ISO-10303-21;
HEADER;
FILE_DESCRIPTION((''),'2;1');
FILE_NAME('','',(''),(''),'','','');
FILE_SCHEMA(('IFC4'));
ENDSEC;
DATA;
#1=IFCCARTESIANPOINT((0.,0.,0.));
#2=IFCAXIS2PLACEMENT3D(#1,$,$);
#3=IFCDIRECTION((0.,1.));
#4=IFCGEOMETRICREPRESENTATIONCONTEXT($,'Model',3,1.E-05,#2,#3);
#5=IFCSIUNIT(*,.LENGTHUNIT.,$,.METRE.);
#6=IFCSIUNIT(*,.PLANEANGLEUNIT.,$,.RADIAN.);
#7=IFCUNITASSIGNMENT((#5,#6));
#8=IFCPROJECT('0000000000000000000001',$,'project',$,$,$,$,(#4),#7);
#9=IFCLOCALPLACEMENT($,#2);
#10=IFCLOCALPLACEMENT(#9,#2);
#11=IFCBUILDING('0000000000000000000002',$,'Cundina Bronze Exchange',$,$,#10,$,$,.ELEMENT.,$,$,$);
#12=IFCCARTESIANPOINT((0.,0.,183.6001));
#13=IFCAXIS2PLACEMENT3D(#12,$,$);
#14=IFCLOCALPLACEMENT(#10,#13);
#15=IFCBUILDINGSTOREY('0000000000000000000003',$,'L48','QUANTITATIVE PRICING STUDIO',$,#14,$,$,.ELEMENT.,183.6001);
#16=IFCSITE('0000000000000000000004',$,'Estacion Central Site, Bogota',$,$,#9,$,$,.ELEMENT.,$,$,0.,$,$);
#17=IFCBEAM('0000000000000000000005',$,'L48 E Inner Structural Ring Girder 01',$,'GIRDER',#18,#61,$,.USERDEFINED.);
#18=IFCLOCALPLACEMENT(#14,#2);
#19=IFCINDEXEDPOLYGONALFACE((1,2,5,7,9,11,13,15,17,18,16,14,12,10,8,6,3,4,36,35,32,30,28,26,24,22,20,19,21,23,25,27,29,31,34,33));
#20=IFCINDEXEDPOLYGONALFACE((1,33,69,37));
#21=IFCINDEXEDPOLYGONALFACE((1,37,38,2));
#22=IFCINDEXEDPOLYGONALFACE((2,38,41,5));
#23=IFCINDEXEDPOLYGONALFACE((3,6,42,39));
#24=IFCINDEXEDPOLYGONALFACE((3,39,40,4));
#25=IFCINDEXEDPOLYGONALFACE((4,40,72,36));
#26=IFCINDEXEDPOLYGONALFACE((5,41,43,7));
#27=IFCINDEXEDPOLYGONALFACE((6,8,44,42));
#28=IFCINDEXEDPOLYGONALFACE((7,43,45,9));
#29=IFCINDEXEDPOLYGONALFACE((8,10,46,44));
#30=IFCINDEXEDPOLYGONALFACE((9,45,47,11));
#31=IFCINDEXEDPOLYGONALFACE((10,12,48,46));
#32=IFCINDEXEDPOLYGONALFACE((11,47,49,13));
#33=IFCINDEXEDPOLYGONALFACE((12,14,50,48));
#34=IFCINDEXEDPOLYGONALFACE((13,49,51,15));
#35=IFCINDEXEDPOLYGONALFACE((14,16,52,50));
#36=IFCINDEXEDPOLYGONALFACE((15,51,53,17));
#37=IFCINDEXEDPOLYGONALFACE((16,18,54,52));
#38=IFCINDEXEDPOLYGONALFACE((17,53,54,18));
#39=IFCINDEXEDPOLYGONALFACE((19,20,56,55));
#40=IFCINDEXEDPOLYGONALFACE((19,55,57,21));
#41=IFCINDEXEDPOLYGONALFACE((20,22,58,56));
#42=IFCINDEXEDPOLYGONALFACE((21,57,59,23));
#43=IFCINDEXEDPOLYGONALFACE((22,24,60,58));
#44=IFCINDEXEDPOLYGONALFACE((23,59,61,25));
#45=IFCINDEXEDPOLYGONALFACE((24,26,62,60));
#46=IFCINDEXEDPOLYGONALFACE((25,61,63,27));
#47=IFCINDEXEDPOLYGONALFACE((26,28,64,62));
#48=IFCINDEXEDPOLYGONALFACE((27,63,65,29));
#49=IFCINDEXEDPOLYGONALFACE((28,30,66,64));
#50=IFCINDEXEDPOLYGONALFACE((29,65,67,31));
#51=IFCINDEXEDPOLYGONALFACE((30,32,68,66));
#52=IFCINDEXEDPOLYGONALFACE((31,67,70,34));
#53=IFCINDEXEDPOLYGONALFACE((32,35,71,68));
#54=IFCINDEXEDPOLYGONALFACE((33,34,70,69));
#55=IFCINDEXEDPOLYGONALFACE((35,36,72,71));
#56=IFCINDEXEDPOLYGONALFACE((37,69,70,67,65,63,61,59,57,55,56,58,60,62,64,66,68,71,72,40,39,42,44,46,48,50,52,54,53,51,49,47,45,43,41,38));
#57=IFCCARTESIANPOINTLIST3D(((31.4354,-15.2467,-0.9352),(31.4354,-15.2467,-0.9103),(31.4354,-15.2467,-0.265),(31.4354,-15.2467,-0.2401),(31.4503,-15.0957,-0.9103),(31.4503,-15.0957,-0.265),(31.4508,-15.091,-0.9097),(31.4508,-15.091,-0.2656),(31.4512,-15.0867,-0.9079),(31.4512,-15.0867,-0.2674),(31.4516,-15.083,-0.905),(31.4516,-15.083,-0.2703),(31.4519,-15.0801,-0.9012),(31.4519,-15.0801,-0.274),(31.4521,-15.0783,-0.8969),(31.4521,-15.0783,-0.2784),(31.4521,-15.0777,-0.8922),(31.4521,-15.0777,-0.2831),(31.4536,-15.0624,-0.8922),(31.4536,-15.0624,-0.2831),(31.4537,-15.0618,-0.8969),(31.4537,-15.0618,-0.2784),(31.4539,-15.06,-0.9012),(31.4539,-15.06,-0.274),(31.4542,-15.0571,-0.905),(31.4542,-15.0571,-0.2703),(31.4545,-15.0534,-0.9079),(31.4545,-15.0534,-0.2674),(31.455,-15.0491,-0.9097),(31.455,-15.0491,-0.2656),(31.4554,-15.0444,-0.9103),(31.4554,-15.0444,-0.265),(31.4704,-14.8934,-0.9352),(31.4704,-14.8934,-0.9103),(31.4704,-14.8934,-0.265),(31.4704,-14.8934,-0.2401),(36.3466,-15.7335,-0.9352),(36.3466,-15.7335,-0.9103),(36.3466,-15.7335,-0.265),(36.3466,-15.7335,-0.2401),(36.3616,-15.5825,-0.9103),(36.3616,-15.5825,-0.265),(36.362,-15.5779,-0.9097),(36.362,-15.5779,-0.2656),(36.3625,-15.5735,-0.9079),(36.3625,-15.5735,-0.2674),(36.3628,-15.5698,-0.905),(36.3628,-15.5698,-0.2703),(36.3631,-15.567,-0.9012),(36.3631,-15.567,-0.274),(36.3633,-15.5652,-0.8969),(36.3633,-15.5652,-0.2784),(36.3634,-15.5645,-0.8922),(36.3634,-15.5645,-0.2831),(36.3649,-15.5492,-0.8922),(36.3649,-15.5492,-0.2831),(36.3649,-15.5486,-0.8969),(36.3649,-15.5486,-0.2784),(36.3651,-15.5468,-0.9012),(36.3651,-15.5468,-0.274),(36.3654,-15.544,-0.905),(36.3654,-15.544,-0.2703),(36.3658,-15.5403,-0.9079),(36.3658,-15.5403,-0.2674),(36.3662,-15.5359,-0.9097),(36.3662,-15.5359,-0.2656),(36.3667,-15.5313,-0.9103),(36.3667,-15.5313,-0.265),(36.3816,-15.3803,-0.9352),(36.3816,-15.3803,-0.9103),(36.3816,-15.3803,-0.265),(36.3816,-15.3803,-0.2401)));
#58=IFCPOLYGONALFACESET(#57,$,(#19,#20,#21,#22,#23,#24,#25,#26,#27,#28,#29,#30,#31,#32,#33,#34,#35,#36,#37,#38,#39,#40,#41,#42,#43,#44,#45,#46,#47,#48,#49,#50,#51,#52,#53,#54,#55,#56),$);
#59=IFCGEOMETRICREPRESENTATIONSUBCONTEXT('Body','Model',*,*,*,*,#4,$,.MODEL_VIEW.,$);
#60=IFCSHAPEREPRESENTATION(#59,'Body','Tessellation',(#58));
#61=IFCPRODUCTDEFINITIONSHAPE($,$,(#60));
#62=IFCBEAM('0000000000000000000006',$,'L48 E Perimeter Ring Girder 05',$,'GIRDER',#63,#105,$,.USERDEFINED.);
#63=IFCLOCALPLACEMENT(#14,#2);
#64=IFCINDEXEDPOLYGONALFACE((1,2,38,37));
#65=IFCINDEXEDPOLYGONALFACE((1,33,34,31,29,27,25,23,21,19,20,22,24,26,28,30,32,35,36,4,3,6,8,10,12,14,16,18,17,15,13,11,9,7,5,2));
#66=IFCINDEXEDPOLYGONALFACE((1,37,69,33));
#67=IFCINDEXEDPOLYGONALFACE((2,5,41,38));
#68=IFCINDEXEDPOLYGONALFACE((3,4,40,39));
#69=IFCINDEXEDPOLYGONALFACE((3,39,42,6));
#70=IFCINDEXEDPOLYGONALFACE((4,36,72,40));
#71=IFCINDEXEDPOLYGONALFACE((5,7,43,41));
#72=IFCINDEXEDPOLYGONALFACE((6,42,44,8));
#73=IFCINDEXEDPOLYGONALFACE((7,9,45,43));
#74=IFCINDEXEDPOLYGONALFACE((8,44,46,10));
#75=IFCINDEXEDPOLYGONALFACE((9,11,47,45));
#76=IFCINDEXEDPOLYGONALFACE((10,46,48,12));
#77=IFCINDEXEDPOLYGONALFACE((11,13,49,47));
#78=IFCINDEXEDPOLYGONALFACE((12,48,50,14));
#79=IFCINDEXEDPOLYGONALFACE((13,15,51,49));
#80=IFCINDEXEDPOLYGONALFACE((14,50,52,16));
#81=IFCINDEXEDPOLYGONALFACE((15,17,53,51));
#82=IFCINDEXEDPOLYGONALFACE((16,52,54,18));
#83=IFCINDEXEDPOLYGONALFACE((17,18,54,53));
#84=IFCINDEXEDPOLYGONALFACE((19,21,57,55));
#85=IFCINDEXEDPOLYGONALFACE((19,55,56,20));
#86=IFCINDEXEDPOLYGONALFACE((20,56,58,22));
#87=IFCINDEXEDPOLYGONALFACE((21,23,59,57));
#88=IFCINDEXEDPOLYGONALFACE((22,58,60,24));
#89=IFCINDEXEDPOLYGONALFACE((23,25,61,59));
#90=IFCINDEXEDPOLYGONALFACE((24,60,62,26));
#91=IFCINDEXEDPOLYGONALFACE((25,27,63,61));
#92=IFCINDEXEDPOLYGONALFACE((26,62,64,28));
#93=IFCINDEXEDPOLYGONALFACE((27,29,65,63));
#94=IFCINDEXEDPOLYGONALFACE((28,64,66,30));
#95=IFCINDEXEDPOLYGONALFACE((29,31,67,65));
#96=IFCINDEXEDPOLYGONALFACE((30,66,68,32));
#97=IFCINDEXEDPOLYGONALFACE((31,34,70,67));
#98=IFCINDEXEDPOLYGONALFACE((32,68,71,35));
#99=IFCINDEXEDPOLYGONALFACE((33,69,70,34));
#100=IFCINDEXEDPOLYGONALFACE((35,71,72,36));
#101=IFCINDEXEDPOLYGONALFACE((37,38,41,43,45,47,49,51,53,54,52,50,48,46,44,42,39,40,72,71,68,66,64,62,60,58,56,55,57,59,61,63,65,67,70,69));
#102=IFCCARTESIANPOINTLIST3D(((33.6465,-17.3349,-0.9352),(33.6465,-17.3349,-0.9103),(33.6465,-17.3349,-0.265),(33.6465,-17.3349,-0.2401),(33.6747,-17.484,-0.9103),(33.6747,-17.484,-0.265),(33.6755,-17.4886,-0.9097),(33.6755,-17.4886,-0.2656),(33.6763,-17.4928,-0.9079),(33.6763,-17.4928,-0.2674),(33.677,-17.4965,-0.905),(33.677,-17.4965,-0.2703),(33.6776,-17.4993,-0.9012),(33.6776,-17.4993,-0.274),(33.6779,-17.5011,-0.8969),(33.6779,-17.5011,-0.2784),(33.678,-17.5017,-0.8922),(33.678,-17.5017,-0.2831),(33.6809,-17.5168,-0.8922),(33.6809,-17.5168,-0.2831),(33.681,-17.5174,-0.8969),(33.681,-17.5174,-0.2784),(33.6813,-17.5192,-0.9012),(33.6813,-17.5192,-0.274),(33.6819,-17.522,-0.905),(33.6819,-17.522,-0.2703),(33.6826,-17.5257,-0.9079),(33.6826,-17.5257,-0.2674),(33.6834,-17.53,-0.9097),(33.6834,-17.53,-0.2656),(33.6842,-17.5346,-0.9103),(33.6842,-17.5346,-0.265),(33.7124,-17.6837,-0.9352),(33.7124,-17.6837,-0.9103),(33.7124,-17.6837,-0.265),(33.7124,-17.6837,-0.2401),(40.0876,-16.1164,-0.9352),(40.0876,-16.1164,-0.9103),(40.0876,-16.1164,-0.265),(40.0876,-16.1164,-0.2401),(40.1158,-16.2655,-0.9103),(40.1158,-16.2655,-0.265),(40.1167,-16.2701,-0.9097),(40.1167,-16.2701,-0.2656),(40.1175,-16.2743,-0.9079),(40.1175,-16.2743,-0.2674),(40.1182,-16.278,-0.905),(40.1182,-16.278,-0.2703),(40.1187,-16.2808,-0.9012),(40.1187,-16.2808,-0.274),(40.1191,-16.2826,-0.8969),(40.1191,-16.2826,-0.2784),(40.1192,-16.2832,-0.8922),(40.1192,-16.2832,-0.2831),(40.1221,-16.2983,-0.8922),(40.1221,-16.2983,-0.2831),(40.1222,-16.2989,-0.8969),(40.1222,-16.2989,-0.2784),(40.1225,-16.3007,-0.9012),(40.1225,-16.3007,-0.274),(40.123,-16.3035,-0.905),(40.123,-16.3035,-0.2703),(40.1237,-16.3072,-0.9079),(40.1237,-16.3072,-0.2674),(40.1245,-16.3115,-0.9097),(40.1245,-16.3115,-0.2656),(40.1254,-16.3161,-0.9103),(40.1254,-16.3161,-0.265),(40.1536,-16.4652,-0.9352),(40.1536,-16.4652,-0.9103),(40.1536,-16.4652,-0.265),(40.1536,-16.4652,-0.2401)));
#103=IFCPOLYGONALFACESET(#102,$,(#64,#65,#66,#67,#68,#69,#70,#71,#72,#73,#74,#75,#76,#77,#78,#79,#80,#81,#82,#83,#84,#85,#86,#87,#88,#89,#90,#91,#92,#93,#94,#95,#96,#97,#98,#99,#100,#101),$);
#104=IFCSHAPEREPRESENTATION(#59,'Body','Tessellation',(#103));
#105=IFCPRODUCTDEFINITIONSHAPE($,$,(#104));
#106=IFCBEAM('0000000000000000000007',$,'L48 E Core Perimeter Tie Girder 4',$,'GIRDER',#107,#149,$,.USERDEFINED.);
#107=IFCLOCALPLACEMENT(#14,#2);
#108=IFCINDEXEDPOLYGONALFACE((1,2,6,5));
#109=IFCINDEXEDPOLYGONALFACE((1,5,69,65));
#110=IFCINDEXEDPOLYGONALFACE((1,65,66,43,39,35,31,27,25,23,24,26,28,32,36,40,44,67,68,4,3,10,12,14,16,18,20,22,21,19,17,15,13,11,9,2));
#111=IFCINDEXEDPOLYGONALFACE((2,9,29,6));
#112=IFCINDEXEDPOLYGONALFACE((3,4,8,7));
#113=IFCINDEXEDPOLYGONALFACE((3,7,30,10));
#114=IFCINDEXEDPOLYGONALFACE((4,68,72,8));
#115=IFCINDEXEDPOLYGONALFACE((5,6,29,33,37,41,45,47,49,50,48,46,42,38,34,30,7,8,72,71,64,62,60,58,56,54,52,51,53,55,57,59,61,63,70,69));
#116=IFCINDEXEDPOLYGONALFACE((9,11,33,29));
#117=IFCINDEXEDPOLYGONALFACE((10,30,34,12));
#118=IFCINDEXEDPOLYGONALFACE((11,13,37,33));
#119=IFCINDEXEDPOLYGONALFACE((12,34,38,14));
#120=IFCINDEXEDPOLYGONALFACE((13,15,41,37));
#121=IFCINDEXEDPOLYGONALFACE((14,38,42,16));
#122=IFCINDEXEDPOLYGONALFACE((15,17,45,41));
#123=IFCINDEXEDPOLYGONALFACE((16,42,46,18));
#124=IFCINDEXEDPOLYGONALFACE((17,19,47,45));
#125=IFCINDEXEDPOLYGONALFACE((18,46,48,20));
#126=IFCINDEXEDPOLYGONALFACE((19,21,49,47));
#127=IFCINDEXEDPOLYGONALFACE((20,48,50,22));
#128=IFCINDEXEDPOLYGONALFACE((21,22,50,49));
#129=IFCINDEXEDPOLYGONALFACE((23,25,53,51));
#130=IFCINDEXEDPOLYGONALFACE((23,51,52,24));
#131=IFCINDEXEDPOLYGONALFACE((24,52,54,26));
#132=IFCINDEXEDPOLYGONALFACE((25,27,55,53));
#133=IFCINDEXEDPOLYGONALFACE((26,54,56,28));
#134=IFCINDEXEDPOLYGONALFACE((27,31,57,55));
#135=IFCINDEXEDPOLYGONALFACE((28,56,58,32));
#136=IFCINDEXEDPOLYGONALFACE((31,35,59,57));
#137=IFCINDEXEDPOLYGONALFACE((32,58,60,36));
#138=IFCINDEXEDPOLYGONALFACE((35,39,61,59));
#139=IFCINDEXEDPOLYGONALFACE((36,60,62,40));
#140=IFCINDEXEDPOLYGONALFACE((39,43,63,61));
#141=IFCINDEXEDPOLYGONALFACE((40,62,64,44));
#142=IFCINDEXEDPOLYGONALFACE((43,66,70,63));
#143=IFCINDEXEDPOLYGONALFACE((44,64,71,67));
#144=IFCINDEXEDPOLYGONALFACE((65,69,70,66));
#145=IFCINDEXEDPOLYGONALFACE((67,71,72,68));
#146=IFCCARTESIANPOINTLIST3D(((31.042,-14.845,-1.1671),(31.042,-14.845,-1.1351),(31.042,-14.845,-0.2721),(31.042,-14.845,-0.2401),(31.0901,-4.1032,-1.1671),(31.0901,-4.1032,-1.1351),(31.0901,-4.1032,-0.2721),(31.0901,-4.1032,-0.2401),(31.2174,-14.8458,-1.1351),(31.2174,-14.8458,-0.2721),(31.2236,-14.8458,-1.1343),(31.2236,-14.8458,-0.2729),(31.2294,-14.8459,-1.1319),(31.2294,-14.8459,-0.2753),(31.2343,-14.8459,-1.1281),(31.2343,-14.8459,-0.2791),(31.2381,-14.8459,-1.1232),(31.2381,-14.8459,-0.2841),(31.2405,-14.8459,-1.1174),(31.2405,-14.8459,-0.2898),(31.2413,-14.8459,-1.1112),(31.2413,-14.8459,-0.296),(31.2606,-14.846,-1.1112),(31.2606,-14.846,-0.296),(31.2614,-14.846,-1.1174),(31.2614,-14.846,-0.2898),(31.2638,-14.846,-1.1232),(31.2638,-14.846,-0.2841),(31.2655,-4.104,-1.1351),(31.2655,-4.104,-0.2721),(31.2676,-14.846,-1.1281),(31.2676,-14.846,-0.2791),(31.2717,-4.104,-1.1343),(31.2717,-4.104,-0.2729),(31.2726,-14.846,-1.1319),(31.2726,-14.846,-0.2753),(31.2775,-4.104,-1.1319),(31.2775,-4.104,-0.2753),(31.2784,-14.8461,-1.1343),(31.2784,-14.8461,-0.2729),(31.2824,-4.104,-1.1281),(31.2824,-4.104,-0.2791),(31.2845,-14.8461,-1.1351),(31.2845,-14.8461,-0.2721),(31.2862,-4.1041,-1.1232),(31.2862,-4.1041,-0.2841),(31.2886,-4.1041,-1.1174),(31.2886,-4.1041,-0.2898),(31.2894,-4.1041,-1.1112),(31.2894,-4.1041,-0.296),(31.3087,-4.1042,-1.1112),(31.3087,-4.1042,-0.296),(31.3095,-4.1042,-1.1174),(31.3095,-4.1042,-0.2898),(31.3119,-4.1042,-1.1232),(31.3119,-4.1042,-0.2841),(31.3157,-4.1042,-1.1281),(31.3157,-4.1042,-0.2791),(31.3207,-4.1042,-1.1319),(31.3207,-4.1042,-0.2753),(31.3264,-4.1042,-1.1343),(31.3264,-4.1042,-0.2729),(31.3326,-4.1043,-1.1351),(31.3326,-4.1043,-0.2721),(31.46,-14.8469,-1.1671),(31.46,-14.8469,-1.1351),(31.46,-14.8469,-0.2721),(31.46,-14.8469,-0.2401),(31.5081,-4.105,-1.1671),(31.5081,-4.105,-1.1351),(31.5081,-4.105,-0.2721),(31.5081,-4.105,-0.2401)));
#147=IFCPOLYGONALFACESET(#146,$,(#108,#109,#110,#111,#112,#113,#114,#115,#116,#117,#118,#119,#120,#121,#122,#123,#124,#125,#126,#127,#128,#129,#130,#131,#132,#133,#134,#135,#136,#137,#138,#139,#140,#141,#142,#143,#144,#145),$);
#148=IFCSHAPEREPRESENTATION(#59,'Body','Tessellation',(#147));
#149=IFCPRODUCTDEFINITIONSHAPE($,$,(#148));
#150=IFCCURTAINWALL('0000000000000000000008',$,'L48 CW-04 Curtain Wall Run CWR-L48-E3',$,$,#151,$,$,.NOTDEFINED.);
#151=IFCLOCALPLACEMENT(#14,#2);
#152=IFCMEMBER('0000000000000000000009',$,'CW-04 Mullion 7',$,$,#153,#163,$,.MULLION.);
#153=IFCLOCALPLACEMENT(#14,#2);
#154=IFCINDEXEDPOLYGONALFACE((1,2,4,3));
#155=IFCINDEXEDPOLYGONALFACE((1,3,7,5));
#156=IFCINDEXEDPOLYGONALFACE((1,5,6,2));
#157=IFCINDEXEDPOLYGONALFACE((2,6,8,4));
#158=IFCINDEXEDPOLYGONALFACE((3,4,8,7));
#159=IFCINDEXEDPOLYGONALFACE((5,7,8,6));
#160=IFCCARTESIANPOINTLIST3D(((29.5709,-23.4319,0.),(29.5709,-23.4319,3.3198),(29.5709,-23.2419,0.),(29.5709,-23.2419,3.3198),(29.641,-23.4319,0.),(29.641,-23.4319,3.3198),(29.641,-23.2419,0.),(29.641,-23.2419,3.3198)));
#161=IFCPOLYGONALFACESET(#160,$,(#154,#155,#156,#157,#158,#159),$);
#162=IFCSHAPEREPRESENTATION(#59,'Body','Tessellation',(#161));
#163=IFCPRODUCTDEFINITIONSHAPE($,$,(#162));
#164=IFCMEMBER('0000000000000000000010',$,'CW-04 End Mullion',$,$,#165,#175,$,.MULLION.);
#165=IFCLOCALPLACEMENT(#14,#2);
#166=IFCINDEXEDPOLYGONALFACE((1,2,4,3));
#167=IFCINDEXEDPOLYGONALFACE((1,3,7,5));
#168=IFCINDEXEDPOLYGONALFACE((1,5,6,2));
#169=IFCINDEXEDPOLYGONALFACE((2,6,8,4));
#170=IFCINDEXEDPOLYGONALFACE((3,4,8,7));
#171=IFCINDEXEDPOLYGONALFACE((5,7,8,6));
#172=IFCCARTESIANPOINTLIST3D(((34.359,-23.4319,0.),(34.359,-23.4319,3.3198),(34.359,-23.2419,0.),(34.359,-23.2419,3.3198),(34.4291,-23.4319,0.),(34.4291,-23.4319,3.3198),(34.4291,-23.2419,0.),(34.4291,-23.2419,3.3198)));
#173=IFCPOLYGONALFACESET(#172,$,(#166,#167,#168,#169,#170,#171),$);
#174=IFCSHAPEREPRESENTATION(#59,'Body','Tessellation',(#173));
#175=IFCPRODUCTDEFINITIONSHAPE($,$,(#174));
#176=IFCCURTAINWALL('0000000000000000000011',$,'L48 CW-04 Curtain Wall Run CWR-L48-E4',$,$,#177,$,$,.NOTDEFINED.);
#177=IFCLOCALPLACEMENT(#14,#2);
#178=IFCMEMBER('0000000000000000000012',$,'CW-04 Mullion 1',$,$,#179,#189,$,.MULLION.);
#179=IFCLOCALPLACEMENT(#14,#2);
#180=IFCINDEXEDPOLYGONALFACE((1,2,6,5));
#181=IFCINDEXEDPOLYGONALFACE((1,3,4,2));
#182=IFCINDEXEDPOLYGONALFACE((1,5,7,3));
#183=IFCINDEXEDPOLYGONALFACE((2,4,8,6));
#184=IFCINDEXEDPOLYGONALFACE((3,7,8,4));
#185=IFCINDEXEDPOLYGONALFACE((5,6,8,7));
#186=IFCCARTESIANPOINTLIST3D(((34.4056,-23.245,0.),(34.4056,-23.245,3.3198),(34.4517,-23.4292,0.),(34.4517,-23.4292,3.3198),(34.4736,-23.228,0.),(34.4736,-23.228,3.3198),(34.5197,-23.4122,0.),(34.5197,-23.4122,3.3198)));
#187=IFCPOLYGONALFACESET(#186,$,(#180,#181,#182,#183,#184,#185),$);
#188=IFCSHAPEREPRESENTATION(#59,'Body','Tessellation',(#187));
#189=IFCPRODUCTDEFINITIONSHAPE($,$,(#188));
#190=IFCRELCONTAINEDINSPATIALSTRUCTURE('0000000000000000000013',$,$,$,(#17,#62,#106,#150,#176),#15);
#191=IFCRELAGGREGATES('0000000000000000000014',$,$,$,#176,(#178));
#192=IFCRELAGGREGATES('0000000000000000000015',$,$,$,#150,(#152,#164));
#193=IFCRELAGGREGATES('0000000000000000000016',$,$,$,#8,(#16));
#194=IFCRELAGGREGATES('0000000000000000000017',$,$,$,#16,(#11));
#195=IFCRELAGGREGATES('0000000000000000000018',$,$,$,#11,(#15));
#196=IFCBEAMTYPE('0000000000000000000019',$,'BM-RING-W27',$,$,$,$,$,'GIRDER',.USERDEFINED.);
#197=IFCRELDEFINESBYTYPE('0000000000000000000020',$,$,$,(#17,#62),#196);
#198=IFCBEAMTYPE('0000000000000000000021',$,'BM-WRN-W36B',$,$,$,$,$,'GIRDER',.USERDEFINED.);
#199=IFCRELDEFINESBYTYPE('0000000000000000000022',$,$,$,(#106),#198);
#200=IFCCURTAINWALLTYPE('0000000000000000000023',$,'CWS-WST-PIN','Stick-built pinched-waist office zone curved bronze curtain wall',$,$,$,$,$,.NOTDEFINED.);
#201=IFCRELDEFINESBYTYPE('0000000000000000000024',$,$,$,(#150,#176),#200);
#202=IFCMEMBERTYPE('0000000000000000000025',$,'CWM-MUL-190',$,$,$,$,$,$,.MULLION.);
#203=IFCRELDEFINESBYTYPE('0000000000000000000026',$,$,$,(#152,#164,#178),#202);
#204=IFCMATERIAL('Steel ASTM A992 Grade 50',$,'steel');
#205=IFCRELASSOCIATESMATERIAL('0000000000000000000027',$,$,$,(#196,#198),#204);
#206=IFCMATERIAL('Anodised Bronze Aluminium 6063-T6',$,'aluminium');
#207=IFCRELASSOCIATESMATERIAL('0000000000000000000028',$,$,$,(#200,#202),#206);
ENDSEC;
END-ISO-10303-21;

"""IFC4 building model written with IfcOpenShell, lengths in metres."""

from ifc_helpers import new_model, si_unit, direction, frame, origin, origin_2d, place, context, subcontext, project, spatial, rectangle, i_section, extrude, material, material_profile, profile_set, type_object, element, aggregate, save


model = new_model("IFC4")

# Units and contexts
model_context = context("Model", 3, precision=1e-05, world=origin(), true_north=direction((0.0, 1.0)))
body_context = subcontext(model_context, "Body", "Model", "MODEL_VIEW")
ifc_project = project(units=[si_unit("LENGTHUNIT", "METRE"), si_unit("PLANEANGLEUNIT", "RADIAN")], contexts=[model_context])

# Site, building, storey
site_placement = place(None, origin())
site = spatial("IfcSite", under=ifc_project, at=site_placement, Name="Estacion Central Site, Bogota", CompositionType="ELEMENT", RefElevation=0.0)
building_placement = place(site_placement, origin())
building = spatial("IfcBuilding", under=site, at=building_placement, Name="Cundina Bronze Exchange", CompositionType="ELEMENT")
storey_placement = place(building_placement, frame((0.0, 0.0, 183.6001)))
storey = spatial("IfcBuildingStorey", under=building, at=storey_placement, Name="L48", Description="QUANTITATIVE PRICING STUDIO", CompositionType="ELEMENT", Elevation=183.6001)

# Shared definitions
ifc_material_1 = material(Name="Steel ASTM A992 Grade 50", Category="steel")

# Beams
ifc_material_profile_1 = material_profile(ifc_material_1, i_section(OverallWidth=0.355, OverallDepth=0.6951, WebThickness=0.0154, FlangeThickness=0.0249, FilletRadius=0.0181, at=origin_2d()), Name="W27X146", Category="steel")
ifc_profile_set_1 = profile_set([ifc_material_profile_1], Name="Steel ASTM A992 Grade 50")
beam_type_1 = type_object("IfcBeamType", Name="BM-RING-W27", ElementType="GIRDER", PredefinedType="USERDEFINED", material=ifc_profile_set_1)
beam_1_placement = place(storey_placement, frame((31.4529, -15.0701, -0.5876), z_axis=(0.995123, -0.098642, 0.0), x_axis=(0.098642, 0.995123, 0.0)))
element("IfcBeam", 1, at=beam_1_placement, inside=storey, type_object=beam_type_1, Name="L48 E Inner Structural Ring Girder 01", ObjectType="GIRDER", PredefinedType="USERDEFINED", context=body_context, shape_type="SweptSolid", body=[
    extrude(i_section(OverallWidth=0.355, OverallDepth=0.6951, WebThickness=0.0154, FlangeThickness=0.0249, FilletRadius=0.0181, at=origin_2d()), origin(), (0.0, 0.0, 1.0), 4.9353),
])
beam_2_placement = place(storey_placement, frame((33.6794, -17.5093, -0.5876), z_axis=(0.982573, 0.185878, 0.0), x_axis=(-0.185878, 0.982573, 0.0)))
element("IfcBeam", 2, at=beam_2_placement, inside=storey, type_object=beam_type_1, Name="L48 E Perimeter Ring Girder 05", ObjectType="GIRDER", PredefinedType="USERDEFINED", context=body_context, shape_type="SweptSolid", body=[
    extrude(i_section(OverallWidth=0.355, OverallDepth=0.6951, WebThickness=0.0154, FlangeThickness=0.0249, FilletRadius=0.0181, at=origin_2d()), origin(), (0.0, 0.0, 1.0), 6.5554),
])
ifc_material_profile_2 = material_profile(ifc_material_1, i_section(OverallWidth=0.418, OverallDepth=0.927, WebThickness=0.0193, FlangeThickness=0.032, FilletRadius=0.0239, at=origin_2d()), Name="W36X231", Category="steel")
ifc_profile_set_2 = profile_set([ifc_material_profile_2], Name="Steel ASTM A992 Grade 50")
beam_type_2 = type_object("IfcBeamType", Name="BM-WRN-W36B", ElementType="GIRDER", PredefinedType="USERDEFINED", material=ifc_profile_set_2)
beam_3_placement = place(storey_placement, frame((31.251, -14.8459, -0.7036), z_axis=(0.004477, 0.99999, 0.0), x_axis=(-0.99999, 0.004477, 0.0)))
element("IfcBeam", 3, at=beam_3_placement, inside=storey, type_object=beam_type_2, Name="L48 E Core Perimeter Tie Girder 4", ObjectType="GIRDER", PredefinedType="USERDEFINED", context=body_context, shape_type="SweptSolid", body=[
    extrude(i_section(OverallWidth=0.418, OverallDepth=0.927, WebThickness=0.0193, FlangeThickness=0.032, FilletRadius=0.0239, at=origin_2d()), origin(), (0.0, 0.0, 1.0), 10.7419),
])

# Curtain wall, members
ifc_material_2 = material(Name="Anodised Bronze Aluminium 6063-T6", Category="aluminium")
curtain_wall_type = type_object("IfcCurtainWallType", Name="CWS-WST-PIN", Description="Stick-built pinched-waist office zone curved bronze curtain wall", PredefinedType="NOTDEFINED", material=ifc_material_2)
curtain_wall_1_placement = place(storey_placement, origin())
curtain_wall_1 = element("IfcCurtainWall", 4, at=curtain_wall_1_placement, inside=storey, type_object=curtain_wall_type, Name="L48 CW-04 Curtain Wall Run CWR-L48-E3", PredefinedType="NOTDEFINED")
ifc_material_profile_3 = material_profile(ifc_material_2, rectangle(XDim=0.0701, YDim=0.1899, at=origin_2d()), Name="AL70X190", Category="aluminium")
ifc_profile_set_3 = profile_set([ifc_material_profile_3], Name="Anodised Bronze Aluminium 6063-T6")
member_type_1 = type_object("IfcMemberType", Name="CWM-MUL-190", PredefinedType="MULLION", material=ifc_profile_set_3)
member_1_placement = place(storey_placement, frame((29.606, -23.3369, 0.0), z_axis=(0.0, 0.0, 1.0), x_axis=(1.0, 0.0, 0.0)))
member_1 = element("IfcMember", 5, at=member_1_placement, type_object=member_type_1, Name="CW-04 Mullion 7", PredefinedType="MULLION", context=body_context, shape_type="SweptSolid", body=[
    extrude(rectangle(XDim=0.0701, YDim=0.1899, at=origin_2d()), origin(), (0.0, 0.0, 1.0), 3.3198),
])
member_2_placement = place(storey_placement, frame((34.394, -23.3369, 0.0), z_axis=(0.0, 0.0, 1.0), x_axis=(1.0, 0.0, 0.0)))
member_2 = element("IfcMember", 6, at=member_2_placement, type_object=member_type_1, Name="CW-04 End Mullion", PredefinedType="MULLION", context=body_context, shape_type="SweptSolid", body=[
    extrude(rectangle(XDim=0.0701, YDim=0.1899, at=origin_2d()), origin(), (0.0, 0.0, 1.0), 3.3198),
])

# Curtain wall, member
curtain_wall_2_placement = place(storey_placement, origin())
curtain_wall_2 = element("IfcCurtainWall", 7, at=curtain_wall_2_placement, inside=storey, type_object=curtain_wall_type, Name="L48 CW-04 Curtain Wall Run CWR-L48-E4", PredefinedType="NOTDEFINED")
member_3_placement = place(storey_placement, frame((34.4626, -23.3286, 0.0), z_axis=(0.0, 0.0, 1.0), x_axis=(0.970084, 0.242769, 0.0)))
member_3 = element("IfcMember", 8, at=member_3_placement, type_object=member_type_1, Name="CW-04 Mullion 1", PredefinedType="MULLION", context=body_context, shape_type="SweptSolid", body=[
    extrude(rectangle(XDim=0.0701, YDim=0.1899, at=origin_2d()), origin(), (0.0, 0.0, 1.0), 3.3198),
])
aggregate(curtain_wall_2, [member_3])

aggregate(curtain_wall_1, [member_1, member_2])

save(model, "model.ifc")
